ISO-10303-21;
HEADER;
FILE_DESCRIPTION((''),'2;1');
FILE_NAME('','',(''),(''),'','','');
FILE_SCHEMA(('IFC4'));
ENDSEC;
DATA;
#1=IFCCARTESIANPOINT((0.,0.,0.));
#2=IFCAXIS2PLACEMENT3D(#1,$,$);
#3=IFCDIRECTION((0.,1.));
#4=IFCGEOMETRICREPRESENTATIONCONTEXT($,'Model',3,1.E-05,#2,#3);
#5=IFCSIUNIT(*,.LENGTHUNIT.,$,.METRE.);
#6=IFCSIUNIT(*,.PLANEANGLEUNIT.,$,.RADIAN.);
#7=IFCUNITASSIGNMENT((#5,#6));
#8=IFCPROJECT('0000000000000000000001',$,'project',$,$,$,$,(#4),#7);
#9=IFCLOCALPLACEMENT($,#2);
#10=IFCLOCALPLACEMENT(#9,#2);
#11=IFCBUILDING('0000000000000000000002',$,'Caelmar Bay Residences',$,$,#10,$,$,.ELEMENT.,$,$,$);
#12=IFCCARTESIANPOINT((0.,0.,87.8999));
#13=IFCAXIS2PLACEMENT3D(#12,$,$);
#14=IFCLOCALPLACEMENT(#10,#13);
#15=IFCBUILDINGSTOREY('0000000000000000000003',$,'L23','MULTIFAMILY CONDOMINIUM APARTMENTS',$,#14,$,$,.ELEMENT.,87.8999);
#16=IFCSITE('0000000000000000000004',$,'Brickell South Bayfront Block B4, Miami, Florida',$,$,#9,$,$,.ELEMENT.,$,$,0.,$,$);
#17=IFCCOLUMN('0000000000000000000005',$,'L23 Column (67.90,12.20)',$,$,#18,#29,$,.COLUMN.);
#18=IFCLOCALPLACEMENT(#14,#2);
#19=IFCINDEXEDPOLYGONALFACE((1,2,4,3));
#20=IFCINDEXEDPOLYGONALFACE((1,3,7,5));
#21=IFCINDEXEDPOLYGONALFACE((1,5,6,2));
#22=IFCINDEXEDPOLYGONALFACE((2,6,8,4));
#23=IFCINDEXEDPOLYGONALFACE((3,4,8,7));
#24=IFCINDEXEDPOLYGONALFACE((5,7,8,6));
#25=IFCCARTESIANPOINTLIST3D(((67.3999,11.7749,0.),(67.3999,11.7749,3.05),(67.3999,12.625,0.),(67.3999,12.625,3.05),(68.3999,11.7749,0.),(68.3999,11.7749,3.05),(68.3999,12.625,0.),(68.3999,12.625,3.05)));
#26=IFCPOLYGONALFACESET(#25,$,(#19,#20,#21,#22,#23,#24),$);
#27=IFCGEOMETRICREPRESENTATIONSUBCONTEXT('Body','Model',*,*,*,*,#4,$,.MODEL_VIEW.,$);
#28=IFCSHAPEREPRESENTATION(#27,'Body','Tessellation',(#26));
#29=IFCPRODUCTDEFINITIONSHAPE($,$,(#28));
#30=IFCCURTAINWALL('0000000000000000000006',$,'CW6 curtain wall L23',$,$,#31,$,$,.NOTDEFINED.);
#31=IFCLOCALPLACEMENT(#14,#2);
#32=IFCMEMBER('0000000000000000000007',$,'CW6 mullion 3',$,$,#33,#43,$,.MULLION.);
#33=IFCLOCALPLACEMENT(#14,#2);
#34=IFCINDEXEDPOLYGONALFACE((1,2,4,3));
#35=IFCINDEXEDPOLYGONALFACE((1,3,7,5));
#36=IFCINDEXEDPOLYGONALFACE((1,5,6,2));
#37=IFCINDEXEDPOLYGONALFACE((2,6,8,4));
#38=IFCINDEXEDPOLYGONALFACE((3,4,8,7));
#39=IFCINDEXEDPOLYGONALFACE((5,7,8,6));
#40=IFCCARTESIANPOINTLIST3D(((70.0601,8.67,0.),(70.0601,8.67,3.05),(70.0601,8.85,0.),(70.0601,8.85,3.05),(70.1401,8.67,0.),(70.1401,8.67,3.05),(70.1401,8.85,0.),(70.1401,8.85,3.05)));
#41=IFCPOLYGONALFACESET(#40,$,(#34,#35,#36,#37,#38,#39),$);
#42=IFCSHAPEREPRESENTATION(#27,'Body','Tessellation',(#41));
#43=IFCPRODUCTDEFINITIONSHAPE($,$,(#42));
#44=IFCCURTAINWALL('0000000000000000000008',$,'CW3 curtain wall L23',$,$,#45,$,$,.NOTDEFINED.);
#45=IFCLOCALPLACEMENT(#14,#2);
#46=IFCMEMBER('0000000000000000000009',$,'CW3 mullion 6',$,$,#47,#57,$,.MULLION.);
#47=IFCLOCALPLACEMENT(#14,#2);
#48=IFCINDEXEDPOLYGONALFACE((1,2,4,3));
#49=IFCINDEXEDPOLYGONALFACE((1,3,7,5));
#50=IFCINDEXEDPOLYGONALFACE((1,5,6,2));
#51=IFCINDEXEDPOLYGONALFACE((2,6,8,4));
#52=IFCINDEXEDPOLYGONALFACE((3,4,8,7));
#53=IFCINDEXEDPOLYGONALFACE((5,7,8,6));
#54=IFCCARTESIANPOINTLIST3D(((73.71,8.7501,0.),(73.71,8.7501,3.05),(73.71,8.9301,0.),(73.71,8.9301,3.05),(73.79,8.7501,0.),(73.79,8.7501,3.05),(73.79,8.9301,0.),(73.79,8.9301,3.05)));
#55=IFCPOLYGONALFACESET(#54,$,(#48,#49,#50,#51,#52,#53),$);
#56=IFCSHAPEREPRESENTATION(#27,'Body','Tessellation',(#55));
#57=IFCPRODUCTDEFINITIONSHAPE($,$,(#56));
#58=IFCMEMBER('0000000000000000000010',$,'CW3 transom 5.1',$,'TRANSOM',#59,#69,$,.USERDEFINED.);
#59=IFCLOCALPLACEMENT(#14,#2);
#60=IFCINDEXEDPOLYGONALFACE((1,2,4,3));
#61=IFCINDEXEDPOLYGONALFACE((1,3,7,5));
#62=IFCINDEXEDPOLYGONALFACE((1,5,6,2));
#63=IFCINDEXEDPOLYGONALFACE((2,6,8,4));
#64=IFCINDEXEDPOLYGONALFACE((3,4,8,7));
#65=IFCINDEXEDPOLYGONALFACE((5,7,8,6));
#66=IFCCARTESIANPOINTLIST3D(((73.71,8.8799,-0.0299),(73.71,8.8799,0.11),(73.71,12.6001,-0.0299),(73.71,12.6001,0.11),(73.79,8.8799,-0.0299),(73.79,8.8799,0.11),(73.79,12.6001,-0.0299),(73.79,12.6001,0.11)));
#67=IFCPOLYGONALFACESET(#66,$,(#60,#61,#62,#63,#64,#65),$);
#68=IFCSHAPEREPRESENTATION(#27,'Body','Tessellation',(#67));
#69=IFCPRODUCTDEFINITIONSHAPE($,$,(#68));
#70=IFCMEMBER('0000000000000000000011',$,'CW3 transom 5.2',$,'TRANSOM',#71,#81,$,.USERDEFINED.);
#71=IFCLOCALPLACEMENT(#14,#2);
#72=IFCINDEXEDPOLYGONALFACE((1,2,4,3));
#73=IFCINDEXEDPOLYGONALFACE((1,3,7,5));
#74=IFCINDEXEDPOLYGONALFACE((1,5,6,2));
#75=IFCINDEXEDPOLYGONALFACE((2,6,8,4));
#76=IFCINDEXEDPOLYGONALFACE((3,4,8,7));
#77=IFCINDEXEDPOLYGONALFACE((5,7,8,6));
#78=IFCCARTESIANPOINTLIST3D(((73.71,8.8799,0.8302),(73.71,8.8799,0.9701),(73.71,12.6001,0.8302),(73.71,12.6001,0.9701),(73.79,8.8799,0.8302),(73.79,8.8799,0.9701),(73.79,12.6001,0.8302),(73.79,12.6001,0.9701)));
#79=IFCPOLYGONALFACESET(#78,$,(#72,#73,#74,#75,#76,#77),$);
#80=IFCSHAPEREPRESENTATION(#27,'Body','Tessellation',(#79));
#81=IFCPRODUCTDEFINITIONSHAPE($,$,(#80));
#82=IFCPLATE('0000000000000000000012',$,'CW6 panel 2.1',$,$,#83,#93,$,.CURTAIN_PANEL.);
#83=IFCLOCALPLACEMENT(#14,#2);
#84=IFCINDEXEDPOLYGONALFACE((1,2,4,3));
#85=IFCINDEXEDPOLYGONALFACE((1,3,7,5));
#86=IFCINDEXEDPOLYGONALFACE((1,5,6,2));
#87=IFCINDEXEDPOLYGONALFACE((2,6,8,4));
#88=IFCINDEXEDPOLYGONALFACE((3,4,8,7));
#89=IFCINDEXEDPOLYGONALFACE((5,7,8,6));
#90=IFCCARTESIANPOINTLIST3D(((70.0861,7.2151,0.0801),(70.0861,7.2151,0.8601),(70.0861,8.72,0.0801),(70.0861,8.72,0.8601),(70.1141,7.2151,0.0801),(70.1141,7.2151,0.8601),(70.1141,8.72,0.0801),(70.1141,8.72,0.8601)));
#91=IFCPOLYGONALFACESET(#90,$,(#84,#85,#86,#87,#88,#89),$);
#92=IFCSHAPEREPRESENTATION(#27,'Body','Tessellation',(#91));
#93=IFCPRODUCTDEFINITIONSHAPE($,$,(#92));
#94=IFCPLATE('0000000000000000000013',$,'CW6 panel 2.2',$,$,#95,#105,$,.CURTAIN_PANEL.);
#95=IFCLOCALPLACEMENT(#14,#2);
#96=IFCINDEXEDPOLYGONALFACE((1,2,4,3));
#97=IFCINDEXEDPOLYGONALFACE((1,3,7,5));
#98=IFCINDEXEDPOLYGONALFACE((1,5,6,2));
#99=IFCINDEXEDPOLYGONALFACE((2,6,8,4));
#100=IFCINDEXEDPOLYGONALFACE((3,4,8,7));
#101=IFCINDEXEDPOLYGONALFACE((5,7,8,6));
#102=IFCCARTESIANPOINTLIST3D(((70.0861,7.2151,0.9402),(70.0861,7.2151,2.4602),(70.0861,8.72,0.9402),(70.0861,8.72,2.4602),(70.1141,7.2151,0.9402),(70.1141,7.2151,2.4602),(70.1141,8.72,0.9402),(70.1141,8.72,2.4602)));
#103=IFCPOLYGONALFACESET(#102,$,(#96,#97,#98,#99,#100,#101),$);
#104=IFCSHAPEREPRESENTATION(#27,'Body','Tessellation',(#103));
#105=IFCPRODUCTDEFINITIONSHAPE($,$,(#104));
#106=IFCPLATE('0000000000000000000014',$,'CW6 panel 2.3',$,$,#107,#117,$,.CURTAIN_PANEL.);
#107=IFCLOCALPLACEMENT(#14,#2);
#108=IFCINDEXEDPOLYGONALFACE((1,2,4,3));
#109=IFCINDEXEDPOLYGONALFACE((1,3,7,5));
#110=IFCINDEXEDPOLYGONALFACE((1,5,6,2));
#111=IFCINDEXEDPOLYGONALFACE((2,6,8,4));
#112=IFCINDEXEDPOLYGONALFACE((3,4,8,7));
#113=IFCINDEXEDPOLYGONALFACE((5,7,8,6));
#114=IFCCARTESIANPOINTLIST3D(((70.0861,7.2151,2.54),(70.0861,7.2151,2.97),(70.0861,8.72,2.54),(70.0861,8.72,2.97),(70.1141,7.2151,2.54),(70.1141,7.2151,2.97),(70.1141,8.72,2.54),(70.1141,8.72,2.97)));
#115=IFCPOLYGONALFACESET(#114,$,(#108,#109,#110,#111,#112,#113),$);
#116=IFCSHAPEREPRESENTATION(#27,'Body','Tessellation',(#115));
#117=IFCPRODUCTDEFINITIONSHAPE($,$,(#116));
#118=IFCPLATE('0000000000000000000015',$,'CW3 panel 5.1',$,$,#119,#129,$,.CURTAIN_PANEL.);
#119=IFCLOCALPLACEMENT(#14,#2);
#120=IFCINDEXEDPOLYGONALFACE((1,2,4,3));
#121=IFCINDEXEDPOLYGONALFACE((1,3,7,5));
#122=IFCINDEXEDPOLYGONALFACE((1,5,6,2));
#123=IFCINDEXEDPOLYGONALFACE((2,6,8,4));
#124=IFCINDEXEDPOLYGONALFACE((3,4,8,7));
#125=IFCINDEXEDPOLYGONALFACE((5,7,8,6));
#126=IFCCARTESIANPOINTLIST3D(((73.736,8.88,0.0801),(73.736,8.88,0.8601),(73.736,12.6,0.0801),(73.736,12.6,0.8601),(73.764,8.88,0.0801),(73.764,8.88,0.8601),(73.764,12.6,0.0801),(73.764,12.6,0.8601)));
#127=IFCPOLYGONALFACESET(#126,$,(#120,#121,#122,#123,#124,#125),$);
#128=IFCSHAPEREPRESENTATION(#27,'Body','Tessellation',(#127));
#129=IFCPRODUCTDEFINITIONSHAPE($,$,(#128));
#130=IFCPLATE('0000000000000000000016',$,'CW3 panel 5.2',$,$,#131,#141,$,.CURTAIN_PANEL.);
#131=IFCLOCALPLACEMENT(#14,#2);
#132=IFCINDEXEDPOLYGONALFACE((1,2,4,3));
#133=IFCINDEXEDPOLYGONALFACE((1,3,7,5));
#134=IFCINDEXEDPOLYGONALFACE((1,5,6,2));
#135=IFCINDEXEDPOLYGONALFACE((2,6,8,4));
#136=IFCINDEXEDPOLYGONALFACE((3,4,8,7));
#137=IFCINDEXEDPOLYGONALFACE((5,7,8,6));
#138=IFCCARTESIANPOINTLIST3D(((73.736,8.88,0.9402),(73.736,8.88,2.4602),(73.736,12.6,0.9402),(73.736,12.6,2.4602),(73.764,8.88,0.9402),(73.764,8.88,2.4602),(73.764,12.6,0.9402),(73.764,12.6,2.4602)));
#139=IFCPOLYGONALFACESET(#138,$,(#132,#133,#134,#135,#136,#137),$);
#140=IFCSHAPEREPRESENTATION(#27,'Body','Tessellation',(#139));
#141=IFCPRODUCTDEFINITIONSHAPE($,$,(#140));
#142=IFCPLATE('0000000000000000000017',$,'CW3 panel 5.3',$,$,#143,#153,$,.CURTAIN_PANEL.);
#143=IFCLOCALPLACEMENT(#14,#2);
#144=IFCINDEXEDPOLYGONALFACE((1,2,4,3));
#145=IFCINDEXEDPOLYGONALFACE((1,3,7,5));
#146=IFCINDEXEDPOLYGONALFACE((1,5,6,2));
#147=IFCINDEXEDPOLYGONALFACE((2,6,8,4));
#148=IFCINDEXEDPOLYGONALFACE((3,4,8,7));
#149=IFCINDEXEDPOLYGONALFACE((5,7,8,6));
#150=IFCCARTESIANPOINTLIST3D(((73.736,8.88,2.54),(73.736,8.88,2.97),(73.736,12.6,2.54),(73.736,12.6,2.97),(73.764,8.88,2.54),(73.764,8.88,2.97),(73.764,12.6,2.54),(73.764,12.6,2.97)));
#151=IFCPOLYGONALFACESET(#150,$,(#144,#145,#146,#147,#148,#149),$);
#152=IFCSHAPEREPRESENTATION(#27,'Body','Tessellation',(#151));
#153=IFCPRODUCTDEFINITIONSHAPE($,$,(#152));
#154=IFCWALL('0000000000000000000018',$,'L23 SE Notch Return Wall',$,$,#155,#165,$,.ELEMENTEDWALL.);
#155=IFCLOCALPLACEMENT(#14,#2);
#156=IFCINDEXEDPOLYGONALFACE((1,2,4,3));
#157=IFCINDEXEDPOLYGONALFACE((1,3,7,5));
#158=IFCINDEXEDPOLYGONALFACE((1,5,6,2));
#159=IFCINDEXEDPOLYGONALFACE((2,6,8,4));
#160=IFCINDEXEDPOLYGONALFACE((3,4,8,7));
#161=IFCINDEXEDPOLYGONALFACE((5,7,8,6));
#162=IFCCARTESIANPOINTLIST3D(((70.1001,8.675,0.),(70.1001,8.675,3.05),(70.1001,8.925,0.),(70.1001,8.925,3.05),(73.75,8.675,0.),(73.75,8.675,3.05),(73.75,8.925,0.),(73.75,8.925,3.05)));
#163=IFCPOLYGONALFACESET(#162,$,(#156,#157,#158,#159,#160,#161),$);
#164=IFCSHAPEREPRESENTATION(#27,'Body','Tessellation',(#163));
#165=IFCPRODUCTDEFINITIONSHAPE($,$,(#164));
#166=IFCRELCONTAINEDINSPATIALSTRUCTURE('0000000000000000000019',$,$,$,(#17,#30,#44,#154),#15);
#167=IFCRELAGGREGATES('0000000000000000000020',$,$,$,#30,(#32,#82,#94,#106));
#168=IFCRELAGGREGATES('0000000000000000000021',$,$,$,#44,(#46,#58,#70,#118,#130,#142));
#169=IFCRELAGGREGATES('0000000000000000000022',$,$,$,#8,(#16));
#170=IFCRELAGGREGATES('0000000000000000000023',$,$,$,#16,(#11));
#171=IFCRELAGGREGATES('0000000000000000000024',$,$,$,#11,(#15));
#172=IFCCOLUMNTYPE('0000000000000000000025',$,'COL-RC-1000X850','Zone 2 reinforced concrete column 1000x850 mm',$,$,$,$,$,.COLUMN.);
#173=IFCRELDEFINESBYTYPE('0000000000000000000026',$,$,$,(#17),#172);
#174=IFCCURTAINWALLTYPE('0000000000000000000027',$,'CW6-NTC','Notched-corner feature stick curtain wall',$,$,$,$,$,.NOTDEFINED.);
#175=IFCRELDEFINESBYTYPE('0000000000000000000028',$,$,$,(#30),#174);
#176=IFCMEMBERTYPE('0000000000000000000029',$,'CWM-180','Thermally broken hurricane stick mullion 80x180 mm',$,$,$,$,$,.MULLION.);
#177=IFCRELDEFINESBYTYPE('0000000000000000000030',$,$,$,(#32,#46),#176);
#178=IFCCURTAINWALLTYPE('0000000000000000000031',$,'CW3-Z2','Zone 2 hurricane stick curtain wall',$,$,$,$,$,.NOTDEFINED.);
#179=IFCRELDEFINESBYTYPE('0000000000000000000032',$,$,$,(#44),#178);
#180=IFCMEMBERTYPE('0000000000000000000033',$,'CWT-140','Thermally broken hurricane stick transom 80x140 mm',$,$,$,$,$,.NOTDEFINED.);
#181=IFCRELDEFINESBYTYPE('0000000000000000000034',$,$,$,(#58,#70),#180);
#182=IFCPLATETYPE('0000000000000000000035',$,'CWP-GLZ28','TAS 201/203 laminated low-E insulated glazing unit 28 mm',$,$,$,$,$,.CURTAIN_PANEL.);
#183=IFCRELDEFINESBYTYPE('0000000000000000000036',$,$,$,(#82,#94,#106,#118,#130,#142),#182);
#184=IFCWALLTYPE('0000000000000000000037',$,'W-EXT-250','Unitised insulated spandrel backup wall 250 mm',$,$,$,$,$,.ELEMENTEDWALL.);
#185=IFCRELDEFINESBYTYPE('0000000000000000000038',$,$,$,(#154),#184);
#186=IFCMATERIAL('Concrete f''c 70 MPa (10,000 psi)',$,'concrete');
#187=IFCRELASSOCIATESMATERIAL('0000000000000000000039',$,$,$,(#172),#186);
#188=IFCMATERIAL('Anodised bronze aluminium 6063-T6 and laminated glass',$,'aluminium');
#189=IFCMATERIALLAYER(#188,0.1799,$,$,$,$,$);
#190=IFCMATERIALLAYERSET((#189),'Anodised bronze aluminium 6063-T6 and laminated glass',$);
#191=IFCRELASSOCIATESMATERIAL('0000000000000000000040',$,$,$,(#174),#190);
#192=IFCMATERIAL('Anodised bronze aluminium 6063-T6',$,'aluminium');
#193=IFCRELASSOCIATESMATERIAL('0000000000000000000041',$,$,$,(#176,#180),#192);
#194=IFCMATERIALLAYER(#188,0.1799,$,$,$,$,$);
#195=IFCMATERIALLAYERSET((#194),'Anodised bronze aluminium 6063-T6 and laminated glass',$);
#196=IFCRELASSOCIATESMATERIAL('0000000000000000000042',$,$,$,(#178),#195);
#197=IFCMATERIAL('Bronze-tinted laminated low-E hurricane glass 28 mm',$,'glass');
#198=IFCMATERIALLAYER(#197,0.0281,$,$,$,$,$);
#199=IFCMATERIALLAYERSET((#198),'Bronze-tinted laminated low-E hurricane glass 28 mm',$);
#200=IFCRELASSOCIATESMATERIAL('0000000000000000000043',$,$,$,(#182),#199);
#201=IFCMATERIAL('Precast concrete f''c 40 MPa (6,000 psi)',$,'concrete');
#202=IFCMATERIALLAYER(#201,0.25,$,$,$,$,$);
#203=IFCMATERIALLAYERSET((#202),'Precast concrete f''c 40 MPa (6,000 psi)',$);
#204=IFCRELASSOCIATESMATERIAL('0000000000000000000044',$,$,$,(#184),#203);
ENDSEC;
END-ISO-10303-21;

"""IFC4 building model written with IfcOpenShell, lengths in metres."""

from ifc_helpers import new_model, si_unit, direction, frame, frame_2d, origin, origin_2d, place, context, subcontext, project, spatial, rectangle, extrude, material, layer, layer_set, material_profile, profile_set, type_object, element, aggregate, save


model = new_model("IFC4")

# Units and contexts
model_context = context("Model", 3, precision=1e-05, world=origin(), true_north=direction((0.0, 1.0)))
body_context = subcontext(model_context, "Body", "Model", "MODEL_VIEW")
ifc_project = project(units=[si_unit("LENGTHUNIT", "METRE"), si_unit("PLANEANGLEUNIT", "RADIAN")], contexts=[model_context])

# Site, building, storey
site_placement = place(None, origin())
site = spatial("IfcSite", under=ifc_project, at=site_placement, Name="Brickell South Bayfront Block B4, Miami, Florida", CompositionType="ELEMENT", RefElevation=0.0)
building_placement = place(site_placement, origin())
building = spatial("IfcBuilding", under=site, at=building_placement, Name="Caelmar Bay Residences", CompositionType="ELEMENT")
storey_placement = place(building_placement, frame((0.0, 0.0, 87.8999)))
storey = spatial("IfcBuildingStorey", under=building, at=storey_placement, Name="L23", Description="MULTIFAMILY CONDOMINIUM APARTMENTS", CompositionType="ELEMENT", Elevation=87.8999)

# Column
ifc_material_1 = material(Name="Concrete f'c 70 MPa (10,000 psi)", Category="concrete")
ifc_material_profile_1 = material_profile(ifc_material_1, rectangle(XDim=1.0, YDim=0.8501, at=origin_2d()), Name="RC-COL-1000X850")
ifc_profile_set_1 = profile_set([ifc_material_profile_1], Name="Concrete f'c 70 MPa (10,000 psi)")
column_type = type_object("IfcColumnType", Name="COL-RC-1000X850", Description="Zone 2 reinforced concrete column 1000x850 mm", PredefinedType="COLUMN", material=ifc_profile_set_1)
column_placement = place(storey_placement, frame((67.8999, 12.2, 0.0), z_axis=(0.0, 0.0, 1.0), x_axis=(1.0, 0.0, 0.0)))
element("IfcColumn", 1, at=column_placement, inside=storey, type_object=column_type, Name="L23 Column (67.90,12.20)", PredefinedType="COLUMN", context=body_context, shape_type="SweptSolid", body=[
    extrude(rectangle(XDim=1.0, YDim=0.8501, at=origin_2d()), origin(), (0.0, 0.0, 1.0), 3.05),
])

# Curtain wall, member
ifc_material_2 = material(Name="Anodised bronze aluminium 6063-T6 and laminated glass", Category="aluminium")
ifc_layer_1 = layer(ifc_material_2, 0.1799)
ifc_layer_set_1 = layer_set([ifc_layer_1], Name="Anodised bronze aluminium 6063-T6 and laminated glass")
curtain_wall_type_1 = type_object("IfcCurtainWallType", Name="CW6-NTC", Description="Notched-corner feature stick curtain wall", PredefinedType="NOTDEFINED", material=ifc_layer_set_1)
curtain_wall_1_placement = place(storey_placement, origin())
curtain_wall_1 = element("IfcCurtainWall", 2, at=curtain_wall_1_placement, inside=storey, type_object=curtain_wall_type_1, Name="CW6 curtain wall L23", PredefinedType="NOTDEFINED")
ifc_material_3 = material(Name="Anodised bronze aluminium 6063-T6", Category="aluminium")
ifc_material_profile_2 = material_profile(ifc_material_3, rectangle(XDim=0.0801, YDim=0.1799, at=origin_2d()), Name="CWM-80X180")
ifc_profile_set_2 = profile_set([ifc_material_profile_2], Name="Anodised bronze aluminium 6063-T6")
member_type_1 = type_object("IfcMemberType", Name="CWM-180", Description="Thermally broken hurricane stick mullion 80x180 mm", PredefinedType="MULLION", material=ifc_profile_set_2)
member_1_placement = place(storey_placement, frame((70.1001, 8.76, 0.0), z_axis=(0.0, 0.0, 1.0), x_axis=(-1.0, 0.0, 0.0)))
member_1 = element("IfcMember", 3, at=member_1_placement, type_object=member_type_1, Name="CW6 mullion 3", PredefinedType="MULLION", context=body_context, shape_type="SweptSolid", body=[
    extrude(rectangle(XDim=0.0801, YDim=0.1799, at=origin_2d()), origin(), (0.0, 0.0, 1.0), 3.05),
])

# Curtain wall, members
ifc_layer_2 = layer(ifc_material_2, 0.1799)
ifc_layer_set_2 = layer_set([ifc_layer_2], Name="Anodised bronze aluminium 6063-T6 and laminated glass")
curtain_wall_type_2 = type_object("IfcCurtainWallType", Name="CW3-Z2", Description="Zone 2 hurricane stick curtain wall", PredefinedType="NOTDEFINED", material=ifc_layer_set_2)
curtain_wall_2_placement = place(storey_placement, origin())
curtain_wall_2 = element("IfcCurtainWall", 4, at=curtain_wall_2_placement, inside=storey, type_object=curtain_wall_type_2, Name="CW3 curtain wall L23", PredefinedType="NOTDEFINED")
member_2_placement = place(storey_placement, frame((73.75, 8.8401, 0.0), z_axis=(0.0, 0.0, 1.0), x_axis=(1.0, 0.0, 0.0)))
member_2 = element("IfcMember", 5, at=member_2_placement, type_object=member_type_1, Name="CW3 mullion 6", PredefinedType="MULLION", context=body_context, shape_type="SweptSolid", body=[
    extrude(rectangle(XDim=0.0801, YDim=0.1799, at=origin_2d()), origin(), (0.0, 0.0, 1.0), 3.05),
])
ifc_material_profile_3 = material_profile(ifc_material_3, rectangle(XDim=0.0801, YDim=0.1399, at=origin_2d()), Name="CWT-80X140")
ifc_profile_set_3 = profile_set([ifc_material_profile_3], Name="Anodised bronze aluminium 6063-T6")
member_type_2 = type_object("IfcMemberType", Name="CWT-140", Description="Thermally broken hurricane stick transom 80x140 mm", PredefinedType="NOTDEFINED", material=ifc_profile_set_3)
member_3_placement = place(storey_placement, frame((73.75, 12.6001, 0.04), z_axis=(0.0, -1.0, 0.0), x_axis=(1.0, 0.0, 0.0)))
member_3 = element("IfcMember", 6, at=member_3_placement, type_object=member_type_2, Name="CW3 transom 5.1", ObjectType="TRANSOM", PredefinedType="USERDEFINED", context=body_context, shape_type="SweptSolid", body=[
    extrude(rectangle(XDim=0.0801, YDim=0.1399, at=origin_2d()), origin(), (0.0, 0.0, 1.0), 3.7202),
])
member_4_placement = place(storey_placement, frame((73.75, 12.6001, 0.9001), z_axis=(0.0, -1.0, 0.0), x_axis=(1.0, 0.0, 0.0)))
member_4 = element("IfcMember", 7, at=member_4_placement, type_object=member_type_2, Name="CW3 transom 5.2", ObjectType="TRANSOM", PredefinedType="USERDEFINED", context=body_context, shape_type="SweptSolid", body=[
    extrude(rectangle(XDim=0.0801, YDim=0.1399, at=origin_2d()), origin(), (0.0, 0.0, 1.0), 3.7202),
])

# Plates
ifc_material_4 = material(Name="Bronze-tinted laminated low-E hurricane glass 28 mm", Category="glass")
ifc_layer_3 = layer(ifc_material_4, 0.0281)
ifc_layer_set_3 = layer_set([ifc_layer_3], Name="Bronze-tinted laminated low-E hurricane glass 28 mm")
plate_type = type_object("IfcPlateType", Name="CWP-GLZ28", Description="TAS 201/203 laminated low-E insulated glazing unit 28 mm", PredefinedType="CURTAIN_PANEL", material=ifc_layer_set_3)
plate_1_placement = place(storey_placement, frame((70.1001, 7.9675, 0.0801), z_axis=(0.0, 0.0, 1.0), x_axis=(0.0, 1.0, 0.0)))
plate_1 = element("IfcPlate", 8, at=plate_1_placement, type_object=plate_type, Name="CW6 panel 2.1", PredefinedType="CURTAIN_PANEL", context=body_context, shape_type="SweptSolid", body=[
    extrude(rectangle(XDim=1.5049, YDim=0.0281, at=origin_2d()), origin(), (0.0, 0.0, 1.0), 0.78),
])
plate_2_placement = place(storey_placement, frame((70.1001, 7.9675, 0.9402), z_axis=(0.0, 0.0, 1.0), x_axis=(0.0, 1.0, 0.0)))
plate_2 = element("IfcPlate", 9, at=plate_2_placement, type_object=plate_type, Name="CW6 panel 2.2", PredefinedType="CURTAIN_PANEL", context=body_context, shape_type="SweptSolid", body=[
    extrude(rectangle(XDim=1.5049, YDim=0.0281, at=origin_2d()), origin(), (0.0, 0.0, 1.0), 1.52),
])
plate_3_placement = place(storey_placement, frame((70.1001, 7.9675, 2.54), z_axis=(0.0, 0.0, 1.0), x_axis=(0.0, 1.0, 0.0)))
plate_3 = element("IfcPlate", 10, at=plate_3_placement, type_object=plate_type, Name="CW6 panel 2.3", PredefinedType="CURTAIN_PANEL", context=body_context, shape_type="SweptSolid", body=[
    extrude(rectangle(XDim=1.5049, YDim=0.0281, at=origin_2d()), origin(), (0.0, 0.0, 1.0), 0.4299),
])
aggregate(curtain_wall_1, [member_1, plate_1, plate_2, plate_3])
plate_4_placement = place(storey_placement, frame((73.75, 10.74, 0.0801), z_axis=(0.0, 0.0, 1.0), x_axis=(0.0, -1.0, 0.0)))
plate_4 = element("IfcPlate", 11, at=plate_4_placement, type_object=plate_type, Name="CW3 panel 5.1", PredefinedType="CURTAIN_PANEL", context=body_context, shape_type="SweptSolid", body=[
    extrude(rectangle(XDim=3.72, YDim=0.0281, at=origin_2d()), origin(), (0.0, 0.0, 1.0), 0.78),
])
plate_5_placement = place(storey_placement, frame((73.75, 10.74, 0.9402), z_axis=(0.0, 0.0, 1.0), x_axis=(0.0, -1.0, 0.0)))
plate_5 = element("IfcPlate", 12, at=plate_5_placement, type_object=plate_type, Name="CW3 panel 5.2", PredefinedType="CURTAIN_PANEL", context=body_context, shape_type="SweptSolid", body=[
    extrude(rectangle(XDim=3.72, YDim=0.0281, at=origin_2d()), origin(), (0.0, 0.0, 1.0), 1.52),
])
plate_6_placement = place(storey_placement, frame((73.75, 10.74, 2.54), z_axis=(0.0, 0.0, 1.0), x_axis=(0.0, -1.0, 0.0)))
plate_6 = element("IfcPlate", 13, at=plate_6_placement, type_object=plate_type, Name="CW3 panel 5.3", PredefinedType="CURTAIN_PANEL", context=body_context, shape_type="SweptSolid", body=[
    extrude(rectangle(XDim=3.72, YDim=0.0281, at=origin_2d()), origin(), (0.0, 0.0, 1.0), 0.4299),
])
aggregate(curtain_wall_2, [member_2, member_3, member_4, plate_4, plate_5, plate_6])

# Wall
ifc_material_5 = material(Name="Precast concrete f'c 40 MPa (6,000 psi)", Category="concrete")
ifc_layer_4 = layer(ifc_material_5, 0.25)
ifc_layer_set_4 = layer_set([ifc_layer_4], Name="Precast concrete f'c 40 MPa (6,000 psi)")
wall_type_1 = type_object("IfcWallType", Name="W-EXT-250", Description="Unitised insulated spandrel backup wall 250 mm", PredefinedType="ELEMENTEDWALL", material=ifc_layer_set_4)
wall_1_placement = place(storey_placement, frame((70.1001, 8.8, 0.0), z_axis=(0.0, 0.0, 1.0), x_axis=(1.0, 0.0, 0.0)))
element("IfcWall", 14, at=wall_1_placement, inside=storey, type_object=wall_type_1, Name="L23 SE Notch Return Wall", PredefinedType="ELEMENTEDWALL", context=body_context, shape_type="SweptSolid", body=[
    extrude(rectangle(XDim=3.6499, YDim=0.25, at=frame_2d((1.825, 0.0))), origin(), (0.0, 0.0, 1.0), 3.05),
])

save(model, "model.ifc")
